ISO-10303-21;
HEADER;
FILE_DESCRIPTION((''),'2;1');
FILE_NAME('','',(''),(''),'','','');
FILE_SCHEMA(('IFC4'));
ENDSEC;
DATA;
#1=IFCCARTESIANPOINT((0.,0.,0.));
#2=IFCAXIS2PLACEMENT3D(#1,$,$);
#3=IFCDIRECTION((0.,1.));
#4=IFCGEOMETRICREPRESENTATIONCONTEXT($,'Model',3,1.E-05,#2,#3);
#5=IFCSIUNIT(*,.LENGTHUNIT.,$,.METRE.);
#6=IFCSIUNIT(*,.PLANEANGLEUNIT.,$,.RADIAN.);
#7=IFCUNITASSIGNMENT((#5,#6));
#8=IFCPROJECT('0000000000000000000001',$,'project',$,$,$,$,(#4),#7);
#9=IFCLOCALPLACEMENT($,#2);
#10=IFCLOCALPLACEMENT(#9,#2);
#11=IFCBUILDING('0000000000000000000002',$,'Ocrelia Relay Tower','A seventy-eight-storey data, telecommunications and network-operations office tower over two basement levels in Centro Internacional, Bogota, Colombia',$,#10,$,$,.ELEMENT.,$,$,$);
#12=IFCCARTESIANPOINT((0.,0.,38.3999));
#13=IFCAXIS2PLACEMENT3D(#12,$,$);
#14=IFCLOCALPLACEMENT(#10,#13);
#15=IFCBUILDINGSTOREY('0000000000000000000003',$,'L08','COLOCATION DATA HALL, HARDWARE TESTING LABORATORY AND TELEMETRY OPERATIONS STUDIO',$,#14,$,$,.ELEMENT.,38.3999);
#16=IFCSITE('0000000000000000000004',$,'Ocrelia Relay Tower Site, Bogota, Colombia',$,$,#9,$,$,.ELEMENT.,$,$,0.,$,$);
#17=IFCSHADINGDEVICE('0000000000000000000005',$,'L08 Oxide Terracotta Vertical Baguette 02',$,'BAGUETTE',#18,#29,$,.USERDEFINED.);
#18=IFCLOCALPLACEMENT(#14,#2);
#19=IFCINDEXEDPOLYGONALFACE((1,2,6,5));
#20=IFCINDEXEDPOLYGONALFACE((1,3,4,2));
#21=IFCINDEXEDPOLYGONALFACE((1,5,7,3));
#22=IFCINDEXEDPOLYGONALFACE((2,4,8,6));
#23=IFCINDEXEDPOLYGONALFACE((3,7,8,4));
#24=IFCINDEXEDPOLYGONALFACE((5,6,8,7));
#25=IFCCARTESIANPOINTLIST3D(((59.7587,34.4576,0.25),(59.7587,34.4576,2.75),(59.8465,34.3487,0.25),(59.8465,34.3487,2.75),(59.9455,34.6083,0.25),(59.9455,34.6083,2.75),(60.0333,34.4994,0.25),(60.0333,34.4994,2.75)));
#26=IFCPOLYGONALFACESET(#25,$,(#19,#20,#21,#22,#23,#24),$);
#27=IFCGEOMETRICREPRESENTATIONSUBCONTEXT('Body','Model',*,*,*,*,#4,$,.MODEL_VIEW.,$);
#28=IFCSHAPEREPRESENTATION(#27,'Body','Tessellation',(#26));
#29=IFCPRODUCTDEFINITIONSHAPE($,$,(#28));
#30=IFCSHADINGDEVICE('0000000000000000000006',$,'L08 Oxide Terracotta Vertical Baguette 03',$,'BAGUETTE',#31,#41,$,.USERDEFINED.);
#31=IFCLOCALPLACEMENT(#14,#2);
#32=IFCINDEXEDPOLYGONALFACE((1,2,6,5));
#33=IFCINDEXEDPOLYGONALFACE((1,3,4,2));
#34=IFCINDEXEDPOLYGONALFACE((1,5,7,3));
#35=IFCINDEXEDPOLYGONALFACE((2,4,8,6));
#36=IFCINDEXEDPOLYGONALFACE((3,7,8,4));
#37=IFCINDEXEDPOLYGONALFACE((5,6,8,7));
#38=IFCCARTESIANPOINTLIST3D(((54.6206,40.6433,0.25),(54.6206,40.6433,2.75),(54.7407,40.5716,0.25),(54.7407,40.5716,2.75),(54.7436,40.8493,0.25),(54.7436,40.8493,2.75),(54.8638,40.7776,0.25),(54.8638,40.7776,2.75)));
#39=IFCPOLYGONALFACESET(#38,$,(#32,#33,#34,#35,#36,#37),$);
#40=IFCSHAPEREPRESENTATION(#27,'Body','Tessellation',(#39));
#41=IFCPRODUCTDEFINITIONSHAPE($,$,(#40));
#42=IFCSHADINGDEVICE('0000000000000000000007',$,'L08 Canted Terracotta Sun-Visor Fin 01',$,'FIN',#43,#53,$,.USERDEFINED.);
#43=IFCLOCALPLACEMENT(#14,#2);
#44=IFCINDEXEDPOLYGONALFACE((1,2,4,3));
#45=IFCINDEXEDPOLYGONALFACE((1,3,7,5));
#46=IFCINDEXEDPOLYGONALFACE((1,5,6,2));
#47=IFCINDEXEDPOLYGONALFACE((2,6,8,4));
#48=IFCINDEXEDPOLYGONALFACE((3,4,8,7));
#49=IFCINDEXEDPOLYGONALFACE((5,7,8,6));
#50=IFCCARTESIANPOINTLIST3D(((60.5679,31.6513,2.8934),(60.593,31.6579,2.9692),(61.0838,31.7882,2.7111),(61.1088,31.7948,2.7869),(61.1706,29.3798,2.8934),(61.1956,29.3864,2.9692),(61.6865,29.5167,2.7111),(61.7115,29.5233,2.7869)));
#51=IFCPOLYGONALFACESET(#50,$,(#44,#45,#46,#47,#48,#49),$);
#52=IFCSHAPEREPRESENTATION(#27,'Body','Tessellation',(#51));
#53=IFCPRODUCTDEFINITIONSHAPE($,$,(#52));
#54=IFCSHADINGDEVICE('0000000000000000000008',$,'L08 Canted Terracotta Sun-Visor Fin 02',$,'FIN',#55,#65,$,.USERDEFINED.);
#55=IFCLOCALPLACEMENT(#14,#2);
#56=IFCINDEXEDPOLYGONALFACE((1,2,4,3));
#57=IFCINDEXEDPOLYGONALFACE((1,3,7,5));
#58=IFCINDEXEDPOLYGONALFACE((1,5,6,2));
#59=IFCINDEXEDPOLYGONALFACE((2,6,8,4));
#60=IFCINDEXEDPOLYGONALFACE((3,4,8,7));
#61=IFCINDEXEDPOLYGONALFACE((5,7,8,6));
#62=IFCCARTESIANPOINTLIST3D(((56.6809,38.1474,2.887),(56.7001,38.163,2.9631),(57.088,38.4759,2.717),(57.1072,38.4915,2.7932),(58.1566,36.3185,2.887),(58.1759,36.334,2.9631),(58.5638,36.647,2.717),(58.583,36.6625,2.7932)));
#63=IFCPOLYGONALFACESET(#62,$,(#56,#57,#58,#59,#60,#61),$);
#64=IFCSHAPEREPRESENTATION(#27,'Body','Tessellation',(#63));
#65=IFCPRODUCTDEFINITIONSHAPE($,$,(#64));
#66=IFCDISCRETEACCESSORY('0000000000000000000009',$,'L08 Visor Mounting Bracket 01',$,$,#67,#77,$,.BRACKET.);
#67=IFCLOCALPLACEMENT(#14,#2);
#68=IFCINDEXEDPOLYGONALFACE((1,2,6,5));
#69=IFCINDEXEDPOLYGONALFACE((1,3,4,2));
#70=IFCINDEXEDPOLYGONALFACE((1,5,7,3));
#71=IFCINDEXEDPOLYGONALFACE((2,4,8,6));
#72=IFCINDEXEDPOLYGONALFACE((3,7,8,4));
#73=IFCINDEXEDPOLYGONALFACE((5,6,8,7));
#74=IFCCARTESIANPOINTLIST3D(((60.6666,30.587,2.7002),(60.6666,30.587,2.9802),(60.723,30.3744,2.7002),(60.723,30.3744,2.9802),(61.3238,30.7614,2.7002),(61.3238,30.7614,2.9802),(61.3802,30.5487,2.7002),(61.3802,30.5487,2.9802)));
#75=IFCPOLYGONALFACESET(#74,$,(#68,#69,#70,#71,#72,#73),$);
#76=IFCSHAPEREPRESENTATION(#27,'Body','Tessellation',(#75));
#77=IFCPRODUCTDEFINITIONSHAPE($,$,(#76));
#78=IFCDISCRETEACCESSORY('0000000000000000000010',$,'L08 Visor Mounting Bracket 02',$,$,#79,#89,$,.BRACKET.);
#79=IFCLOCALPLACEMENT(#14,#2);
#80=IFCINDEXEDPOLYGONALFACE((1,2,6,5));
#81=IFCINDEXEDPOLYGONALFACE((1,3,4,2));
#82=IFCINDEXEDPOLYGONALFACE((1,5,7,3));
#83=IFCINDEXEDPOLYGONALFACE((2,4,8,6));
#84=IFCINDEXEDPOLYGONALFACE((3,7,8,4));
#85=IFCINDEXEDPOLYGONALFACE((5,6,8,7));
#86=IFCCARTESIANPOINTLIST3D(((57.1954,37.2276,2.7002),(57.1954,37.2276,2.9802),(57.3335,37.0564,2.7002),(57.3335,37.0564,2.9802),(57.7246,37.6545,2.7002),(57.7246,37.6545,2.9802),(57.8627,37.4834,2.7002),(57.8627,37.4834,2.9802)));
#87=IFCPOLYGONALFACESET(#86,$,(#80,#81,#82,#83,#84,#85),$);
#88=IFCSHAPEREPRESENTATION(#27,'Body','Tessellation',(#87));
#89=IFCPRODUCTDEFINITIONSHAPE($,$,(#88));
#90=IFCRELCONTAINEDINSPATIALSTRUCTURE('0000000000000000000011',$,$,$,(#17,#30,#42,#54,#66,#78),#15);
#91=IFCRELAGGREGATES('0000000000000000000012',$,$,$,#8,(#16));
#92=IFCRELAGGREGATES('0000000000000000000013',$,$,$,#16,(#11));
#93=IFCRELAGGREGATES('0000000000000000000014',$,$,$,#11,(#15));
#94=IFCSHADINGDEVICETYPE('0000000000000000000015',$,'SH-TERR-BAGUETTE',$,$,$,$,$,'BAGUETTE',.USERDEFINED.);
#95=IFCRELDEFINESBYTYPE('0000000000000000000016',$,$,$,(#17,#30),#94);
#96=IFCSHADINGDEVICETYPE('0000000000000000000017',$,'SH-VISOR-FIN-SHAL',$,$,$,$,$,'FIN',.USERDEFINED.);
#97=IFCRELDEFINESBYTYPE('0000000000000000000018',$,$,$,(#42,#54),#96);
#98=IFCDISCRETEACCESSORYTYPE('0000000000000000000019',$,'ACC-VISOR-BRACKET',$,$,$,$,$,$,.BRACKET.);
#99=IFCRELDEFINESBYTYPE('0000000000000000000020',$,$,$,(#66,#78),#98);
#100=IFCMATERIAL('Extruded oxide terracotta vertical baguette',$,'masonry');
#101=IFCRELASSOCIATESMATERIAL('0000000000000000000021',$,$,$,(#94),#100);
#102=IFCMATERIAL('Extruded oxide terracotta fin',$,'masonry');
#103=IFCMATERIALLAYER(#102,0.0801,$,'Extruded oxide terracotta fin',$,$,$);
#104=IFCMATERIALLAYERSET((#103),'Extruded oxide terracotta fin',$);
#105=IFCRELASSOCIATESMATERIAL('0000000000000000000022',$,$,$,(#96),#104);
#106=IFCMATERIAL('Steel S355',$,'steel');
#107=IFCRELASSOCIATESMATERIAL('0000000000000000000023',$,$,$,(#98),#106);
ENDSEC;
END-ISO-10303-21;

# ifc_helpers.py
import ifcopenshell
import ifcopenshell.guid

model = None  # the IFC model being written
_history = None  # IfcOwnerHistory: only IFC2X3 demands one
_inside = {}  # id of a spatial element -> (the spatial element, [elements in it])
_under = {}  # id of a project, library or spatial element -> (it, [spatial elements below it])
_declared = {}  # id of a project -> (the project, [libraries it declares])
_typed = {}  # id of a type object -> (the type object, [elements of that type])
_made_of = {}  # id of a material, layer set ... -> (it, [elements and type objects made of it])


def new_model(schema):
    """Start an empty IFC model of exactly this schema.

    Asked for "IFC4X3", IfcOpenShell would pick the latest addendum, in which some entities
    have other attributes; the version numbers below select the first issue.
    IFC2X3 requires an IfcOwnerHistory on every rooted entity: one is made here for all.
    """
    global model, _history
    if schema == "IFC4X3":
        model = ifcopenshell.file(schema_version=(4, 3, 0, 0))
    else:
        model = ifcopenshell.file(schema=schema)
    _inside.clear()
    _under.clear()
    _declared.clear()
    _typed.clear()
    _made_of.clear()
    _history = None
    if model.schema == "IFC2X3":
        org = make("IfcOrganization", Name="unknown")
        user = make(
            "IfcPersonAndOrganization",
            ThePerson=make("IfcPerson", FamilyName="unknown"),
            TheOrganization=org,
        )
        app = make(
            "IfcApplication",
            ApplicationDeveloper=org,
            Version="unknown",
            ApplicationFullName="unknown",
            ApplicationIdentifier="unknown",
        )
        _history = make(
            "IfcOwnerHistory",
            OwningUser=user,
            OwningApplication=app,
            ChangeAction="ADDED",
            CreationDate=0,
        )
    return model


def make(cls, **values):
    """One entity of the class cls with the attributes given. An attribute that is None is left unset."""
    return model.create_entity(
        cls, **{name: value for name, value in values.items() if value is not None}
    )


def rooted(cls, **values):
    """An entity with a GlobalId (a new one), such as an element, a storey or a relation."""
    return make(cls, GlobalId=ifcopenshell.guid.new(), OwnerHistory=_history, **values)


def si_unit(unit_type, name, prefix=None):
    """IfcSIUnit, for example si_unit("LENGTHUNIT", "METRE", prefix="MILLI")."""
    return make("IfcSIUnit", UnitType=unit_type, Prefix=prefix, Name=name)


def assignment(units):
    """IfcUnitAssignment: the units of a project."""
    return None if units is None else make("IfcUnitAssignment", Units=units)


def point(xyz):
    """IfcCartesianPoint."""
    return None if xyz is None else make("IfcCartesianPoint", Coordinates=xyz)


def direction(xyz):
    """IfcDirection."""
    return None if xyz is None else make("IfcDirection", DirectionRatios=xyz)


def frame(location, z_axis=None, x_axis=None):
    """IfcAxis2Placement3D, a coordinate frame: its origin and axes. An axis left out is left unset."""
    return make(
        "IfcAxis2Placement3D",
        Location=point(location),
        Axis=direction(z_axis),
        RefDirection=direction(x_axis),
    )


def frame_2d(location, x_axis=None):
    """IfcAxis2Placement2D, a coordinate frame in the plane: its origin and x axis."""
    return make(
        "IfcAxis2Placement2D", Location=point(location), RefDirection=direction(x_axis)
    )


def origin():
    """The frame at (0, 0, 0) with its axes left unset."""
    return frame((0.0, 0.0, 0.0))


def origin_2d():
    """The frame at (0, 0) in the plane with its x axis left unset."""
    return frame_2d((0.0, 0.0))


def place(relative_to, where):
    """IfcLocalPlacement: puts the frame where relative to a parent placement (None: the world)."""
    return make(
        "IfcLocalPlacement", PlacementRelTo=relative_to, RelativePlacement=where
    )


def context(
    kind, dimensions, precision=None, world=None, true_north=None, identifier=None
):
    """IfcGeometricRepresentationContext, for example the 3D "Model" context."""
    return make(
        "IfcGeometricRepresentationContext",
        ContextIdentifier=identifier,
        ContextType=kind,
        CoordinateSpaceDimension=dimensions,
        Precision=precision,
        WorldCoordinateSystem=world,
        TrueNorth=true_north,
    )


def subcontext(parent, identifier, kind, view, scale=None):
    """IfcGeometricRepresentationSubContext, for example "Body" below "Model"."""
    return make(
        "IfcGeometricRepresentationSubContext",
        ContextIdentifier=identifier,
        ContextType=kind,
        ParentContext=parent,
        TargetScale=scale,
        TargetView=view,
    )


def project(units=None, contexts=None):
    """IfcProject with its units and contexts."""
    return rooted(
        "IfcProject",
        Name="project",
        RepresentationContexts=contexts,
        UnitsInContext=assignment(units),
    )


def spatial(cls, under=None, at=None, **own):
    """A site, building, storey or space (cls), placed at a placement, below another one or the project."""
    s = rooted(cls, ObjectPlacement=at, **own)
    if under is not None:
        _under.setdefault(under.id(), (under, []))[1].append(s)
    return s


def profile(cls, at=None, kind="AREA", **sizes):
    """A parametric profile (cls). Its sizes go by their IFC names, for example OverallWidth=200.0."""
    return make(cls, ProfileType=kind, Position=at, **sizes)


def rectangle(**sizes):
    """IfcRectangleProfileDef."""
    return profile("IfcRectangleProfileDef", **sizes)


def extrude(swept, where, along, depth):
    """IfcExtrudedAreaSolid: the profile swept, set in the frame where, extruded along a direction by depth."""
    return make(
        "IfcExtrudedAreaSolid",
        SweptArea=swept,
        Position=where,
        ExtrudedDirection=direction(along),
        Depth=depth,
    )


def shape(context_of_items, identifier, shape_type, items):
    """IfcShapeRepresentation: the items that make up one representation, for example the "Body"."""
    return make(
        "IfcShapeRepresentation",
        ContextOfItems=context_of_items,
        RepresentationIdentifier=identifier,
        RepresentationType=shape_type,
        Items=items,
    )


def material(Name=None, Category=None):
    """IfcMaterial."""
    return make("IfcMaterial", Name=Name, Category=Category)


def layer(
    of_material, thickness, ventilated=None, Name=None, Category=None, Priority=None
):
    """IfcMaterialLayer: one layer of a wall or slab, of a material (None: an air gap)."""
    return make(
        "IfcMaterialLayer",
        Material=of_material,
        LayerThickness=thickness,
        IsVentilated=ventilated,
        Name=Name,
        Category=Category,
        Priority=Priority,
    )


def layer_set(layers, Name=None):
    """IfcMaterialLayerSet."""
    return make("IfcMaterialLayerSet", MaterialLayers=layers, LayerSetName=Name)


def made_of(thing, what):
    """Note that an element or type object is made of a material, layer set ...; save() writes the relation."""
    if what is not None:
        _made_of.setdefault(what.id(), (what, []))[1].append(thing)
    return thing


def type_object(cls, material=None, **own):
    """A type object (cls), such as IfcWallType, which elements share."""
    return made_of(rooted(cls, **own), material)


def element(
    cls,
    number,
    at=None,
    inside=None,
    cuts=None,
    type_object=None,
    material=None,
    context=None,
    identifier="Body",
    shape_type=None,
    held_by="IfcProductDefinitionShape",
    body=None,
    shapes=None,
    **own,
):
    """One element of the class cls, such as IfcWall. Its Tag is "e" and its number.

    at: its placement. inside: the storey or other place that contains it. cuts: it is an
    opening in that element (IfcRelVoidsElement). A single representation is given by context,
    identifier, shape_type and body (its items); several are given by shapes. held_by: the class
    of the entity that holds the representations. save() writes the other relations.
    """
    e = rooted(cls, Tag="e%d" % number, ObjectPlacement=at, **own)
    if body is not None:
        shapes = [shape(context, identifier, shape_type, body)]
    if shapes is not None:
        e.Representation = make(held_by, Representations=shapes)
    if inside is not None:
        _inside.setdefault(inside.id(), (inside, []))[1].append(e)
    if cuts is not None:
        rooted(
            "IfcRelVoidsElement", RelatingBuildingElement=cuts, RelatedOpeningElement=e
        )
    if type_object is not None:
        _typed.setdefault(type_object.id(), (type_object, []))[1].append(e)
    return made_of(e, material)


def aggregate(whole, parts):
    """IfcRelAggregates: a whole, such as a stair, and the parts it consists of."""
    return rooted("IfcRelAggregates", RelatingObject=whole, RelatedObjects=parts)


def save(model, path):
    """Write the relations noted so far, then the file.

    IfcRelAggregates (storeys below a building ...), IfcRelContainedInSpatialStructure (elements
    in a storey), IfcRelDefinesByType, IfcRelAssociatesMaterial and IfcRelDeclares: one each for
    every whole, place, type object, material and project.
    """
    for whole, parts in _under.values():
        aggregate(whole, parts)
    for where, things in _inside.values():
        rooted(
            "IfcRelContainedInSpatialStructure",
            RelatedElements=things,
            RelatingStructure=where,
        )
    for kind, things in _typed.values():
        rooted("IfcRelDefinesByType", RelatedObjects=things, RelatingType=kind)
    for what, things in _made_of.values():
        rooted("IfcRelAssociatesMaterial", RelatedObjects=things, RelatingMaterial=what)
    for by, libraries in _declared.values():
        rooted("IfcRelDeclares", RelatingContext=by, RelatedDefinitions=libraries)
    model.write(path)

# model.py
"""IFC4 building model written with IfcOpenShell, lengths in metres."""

from ifc_helpers import new_model, si_unit, direction, frame, origin, origin_2d, place, context, subcontext, project, spatial, rectangle, extrude, material, layer, layer_set, type_object, element, save


model = new_model("IFC4")

# Units and contexts
model_context = context("Model", 3, precision=1e-05, world=origin(), true_north=direction((0.0, 1.0)))
body_context = subcontext(model_context, "Body", "Model", "MODEL_VIEW")
ifc_project = project(units=[si_unit("LENGTHUNIT", "METRE"), si_unit("PLANEANGLEUNIT", "RADIAN")], contexts=[model_context])

# Site, building, storey
site_placement = place(None, origin())
site = spatial("IfcSite", under=ifc_project, at=site_placement, Name="Ocrelia Relay Tower Site, Bogota, Colombia", CompositionType="ELEMENT", RefElevation=0.0)
building_placement = place(site_placement, origin())
building = spatial("IfcBuilding", under=site, at=building_placement, Name="Ocrelia Relay Tower", Description="A seventy-eight-storey data, telecommunications and network-operations office tower over two basement levels in Centro Internacional, Bogota, Colombia", CompositionType="ELEMENT")
storey_placement = place(building_placement, frame((0.0, 0.0, 38.3999)))
storey = spatial("IfcBuildingStorey", under=building, at=storey_placement, Name="L08", Description="COLOCATION DATA HALL, HARDWARE TESTING LABORATORY AND TELEMETRY OPERATIONS STUDIO", CompositionType="ELEMENT", Elevation=38.3999)

# Shared definitions
ifc_material_1 = material(Name="Steel S355", Category="steel")

# Shading devices
ifc_material_2 = material(Name="Extruded oxide terracotta vertical baguette", Category="masonry")
shading_device_type_1 = type_object("IfcShadingDeviceType", Name="SH-TERR-BAGUETTE", ElementType="BAGUETTE", PredefinedType="USERDEFINED", material=ifc_material_2)
for number, where, z_axis, x_axis, name in (
    (1, (59.896, 34.4785, 0.25), (0.0, 0.0, 1.0), (-0.627961, 0.778245, 0.0), "L08 Oxide Terracotta Vertical Baguette 02"),
    (2, (54.7422, 40.7104, 0.25), (0.0, 0.0, 1.0), (-0.858623, 0.512608, 0.0), "L08 Oxide Terracotta Vertical Baguette 03"),
):
    element("IfcShadingDevice", number, at=place(storey_placement, frame(where, z_axis=z_axis, x_axis=x_axis)), inside=storey, type_object=shading_device_type_1, Name=name, ObjectType="BAGUETTE", PredefinedType="USERDEFINED", context=body_context, shape_type="SweptSolid", body=[
        extrude(rectangle(XDim=0.1399, YDim=0.24, at=origin_2d()), origin(), (0.0, 0.0, 1.0), 2.5),
    ])
ifc_material_3 = material(Name="Extruded oxide terracotta fin", Category="masonry")
ifc_layer_1 = layer(ifc_material_3, 0.0801, Name="Extruded oxide terracotta fin")
ifc_layer_set_1 = layer_set([ifc_layer_1], Name="Extruded oxide terracotta fin")
shading_device_type_2 = type_object("IfcShadingDeviceType", Name="SH-VISOR-FIN-SHAL", ElementType="FIN", PredefinedType="USERDEFINED", material=ifc_layer_set_1)
shading_device_1_placement = place(storey_placement, frame((61.1272, 30.584, 2.8022), z_axis=(0.312446, 0.0829, 0.946311), x_axis=(-0.256451, 0.966557, 0.0)))
element("IfcShadingDevice", 3, at=shading_device_1_placement, inside=storey, type_object=shading_device_type_2, Name="L08 Canted Terracotta Sun-Visor Fin 01", ObjectType="FIN", PredefinedType="USERDEFINED", context=body_context, shape_type="SweptSolid", body=[
    extrude(rectangle(XDim=2.3501, YDim=0.564, at=origin_2d()), origin(), (0.0, 0.0, 1.0), 0.0801),
])
shading_device_2_placement = place(storey_placement, frame((57.6223, 37.3972, 2.802), z_axis=(0.240491, 0.194051, 0.951057), x_axis=(-0.627961, 0.778245, 0.0)))
element("IfcShadingDevice", 4, at=shading_device_2_placement, inside=storey, type_object=shading_device_type_2, Name="L08 Canted Terracotta Sun-Visor Fin 02", ObjectType="FIN", PredefinedType="USERDEFINED", context=body_context, shape_type="SweptSolid", body=[
    extrude(rectangle(XDim=2.3501, YDim=0.55, at=origin_2d()), origin(), (0.0, 0.0, 1.0), 0.0801),
])

# Discrete accessories
discrete_accessory_type = type_object("IfcDiscreteAccessoryType", Name="ACC-VISOR-BRACKET", PredefinedType="BRACKET", material=ifc_material_1)
for number, where, z_axis, x_axis, name in (
    (5, (61.0234, 30.5679, 2.7002), (0.0, 0.0, 1.0), (-0.256451, 0.966557, 0.0), "L08 Visor Mounting Bracket 01"),
    (6, (57.5291, 37.3555, 2.7002), (0.0, 0.0, 1.0), (-0.627961, 0.778245, 0.0), "L08 Visor Mounting Bracket 02"),
):
    element("IfcDiscreteAccessory", number, at=place(storey_placement, frame(where, z_axis=z_axis, x_axis=x_axis)), inside=storey, type_object=discrete_accessory_type, Name=name, PredefinedType="BRACKET", context=body_context, shape_type="SweptSolid", body=[
        extrude(rectangle(XDim=0.22, YDim=0.6799, at=origin_2d()), origin(), (0.0, 0.0, 1.0), 0.28),
    ])

save(model, "model.ifc")
